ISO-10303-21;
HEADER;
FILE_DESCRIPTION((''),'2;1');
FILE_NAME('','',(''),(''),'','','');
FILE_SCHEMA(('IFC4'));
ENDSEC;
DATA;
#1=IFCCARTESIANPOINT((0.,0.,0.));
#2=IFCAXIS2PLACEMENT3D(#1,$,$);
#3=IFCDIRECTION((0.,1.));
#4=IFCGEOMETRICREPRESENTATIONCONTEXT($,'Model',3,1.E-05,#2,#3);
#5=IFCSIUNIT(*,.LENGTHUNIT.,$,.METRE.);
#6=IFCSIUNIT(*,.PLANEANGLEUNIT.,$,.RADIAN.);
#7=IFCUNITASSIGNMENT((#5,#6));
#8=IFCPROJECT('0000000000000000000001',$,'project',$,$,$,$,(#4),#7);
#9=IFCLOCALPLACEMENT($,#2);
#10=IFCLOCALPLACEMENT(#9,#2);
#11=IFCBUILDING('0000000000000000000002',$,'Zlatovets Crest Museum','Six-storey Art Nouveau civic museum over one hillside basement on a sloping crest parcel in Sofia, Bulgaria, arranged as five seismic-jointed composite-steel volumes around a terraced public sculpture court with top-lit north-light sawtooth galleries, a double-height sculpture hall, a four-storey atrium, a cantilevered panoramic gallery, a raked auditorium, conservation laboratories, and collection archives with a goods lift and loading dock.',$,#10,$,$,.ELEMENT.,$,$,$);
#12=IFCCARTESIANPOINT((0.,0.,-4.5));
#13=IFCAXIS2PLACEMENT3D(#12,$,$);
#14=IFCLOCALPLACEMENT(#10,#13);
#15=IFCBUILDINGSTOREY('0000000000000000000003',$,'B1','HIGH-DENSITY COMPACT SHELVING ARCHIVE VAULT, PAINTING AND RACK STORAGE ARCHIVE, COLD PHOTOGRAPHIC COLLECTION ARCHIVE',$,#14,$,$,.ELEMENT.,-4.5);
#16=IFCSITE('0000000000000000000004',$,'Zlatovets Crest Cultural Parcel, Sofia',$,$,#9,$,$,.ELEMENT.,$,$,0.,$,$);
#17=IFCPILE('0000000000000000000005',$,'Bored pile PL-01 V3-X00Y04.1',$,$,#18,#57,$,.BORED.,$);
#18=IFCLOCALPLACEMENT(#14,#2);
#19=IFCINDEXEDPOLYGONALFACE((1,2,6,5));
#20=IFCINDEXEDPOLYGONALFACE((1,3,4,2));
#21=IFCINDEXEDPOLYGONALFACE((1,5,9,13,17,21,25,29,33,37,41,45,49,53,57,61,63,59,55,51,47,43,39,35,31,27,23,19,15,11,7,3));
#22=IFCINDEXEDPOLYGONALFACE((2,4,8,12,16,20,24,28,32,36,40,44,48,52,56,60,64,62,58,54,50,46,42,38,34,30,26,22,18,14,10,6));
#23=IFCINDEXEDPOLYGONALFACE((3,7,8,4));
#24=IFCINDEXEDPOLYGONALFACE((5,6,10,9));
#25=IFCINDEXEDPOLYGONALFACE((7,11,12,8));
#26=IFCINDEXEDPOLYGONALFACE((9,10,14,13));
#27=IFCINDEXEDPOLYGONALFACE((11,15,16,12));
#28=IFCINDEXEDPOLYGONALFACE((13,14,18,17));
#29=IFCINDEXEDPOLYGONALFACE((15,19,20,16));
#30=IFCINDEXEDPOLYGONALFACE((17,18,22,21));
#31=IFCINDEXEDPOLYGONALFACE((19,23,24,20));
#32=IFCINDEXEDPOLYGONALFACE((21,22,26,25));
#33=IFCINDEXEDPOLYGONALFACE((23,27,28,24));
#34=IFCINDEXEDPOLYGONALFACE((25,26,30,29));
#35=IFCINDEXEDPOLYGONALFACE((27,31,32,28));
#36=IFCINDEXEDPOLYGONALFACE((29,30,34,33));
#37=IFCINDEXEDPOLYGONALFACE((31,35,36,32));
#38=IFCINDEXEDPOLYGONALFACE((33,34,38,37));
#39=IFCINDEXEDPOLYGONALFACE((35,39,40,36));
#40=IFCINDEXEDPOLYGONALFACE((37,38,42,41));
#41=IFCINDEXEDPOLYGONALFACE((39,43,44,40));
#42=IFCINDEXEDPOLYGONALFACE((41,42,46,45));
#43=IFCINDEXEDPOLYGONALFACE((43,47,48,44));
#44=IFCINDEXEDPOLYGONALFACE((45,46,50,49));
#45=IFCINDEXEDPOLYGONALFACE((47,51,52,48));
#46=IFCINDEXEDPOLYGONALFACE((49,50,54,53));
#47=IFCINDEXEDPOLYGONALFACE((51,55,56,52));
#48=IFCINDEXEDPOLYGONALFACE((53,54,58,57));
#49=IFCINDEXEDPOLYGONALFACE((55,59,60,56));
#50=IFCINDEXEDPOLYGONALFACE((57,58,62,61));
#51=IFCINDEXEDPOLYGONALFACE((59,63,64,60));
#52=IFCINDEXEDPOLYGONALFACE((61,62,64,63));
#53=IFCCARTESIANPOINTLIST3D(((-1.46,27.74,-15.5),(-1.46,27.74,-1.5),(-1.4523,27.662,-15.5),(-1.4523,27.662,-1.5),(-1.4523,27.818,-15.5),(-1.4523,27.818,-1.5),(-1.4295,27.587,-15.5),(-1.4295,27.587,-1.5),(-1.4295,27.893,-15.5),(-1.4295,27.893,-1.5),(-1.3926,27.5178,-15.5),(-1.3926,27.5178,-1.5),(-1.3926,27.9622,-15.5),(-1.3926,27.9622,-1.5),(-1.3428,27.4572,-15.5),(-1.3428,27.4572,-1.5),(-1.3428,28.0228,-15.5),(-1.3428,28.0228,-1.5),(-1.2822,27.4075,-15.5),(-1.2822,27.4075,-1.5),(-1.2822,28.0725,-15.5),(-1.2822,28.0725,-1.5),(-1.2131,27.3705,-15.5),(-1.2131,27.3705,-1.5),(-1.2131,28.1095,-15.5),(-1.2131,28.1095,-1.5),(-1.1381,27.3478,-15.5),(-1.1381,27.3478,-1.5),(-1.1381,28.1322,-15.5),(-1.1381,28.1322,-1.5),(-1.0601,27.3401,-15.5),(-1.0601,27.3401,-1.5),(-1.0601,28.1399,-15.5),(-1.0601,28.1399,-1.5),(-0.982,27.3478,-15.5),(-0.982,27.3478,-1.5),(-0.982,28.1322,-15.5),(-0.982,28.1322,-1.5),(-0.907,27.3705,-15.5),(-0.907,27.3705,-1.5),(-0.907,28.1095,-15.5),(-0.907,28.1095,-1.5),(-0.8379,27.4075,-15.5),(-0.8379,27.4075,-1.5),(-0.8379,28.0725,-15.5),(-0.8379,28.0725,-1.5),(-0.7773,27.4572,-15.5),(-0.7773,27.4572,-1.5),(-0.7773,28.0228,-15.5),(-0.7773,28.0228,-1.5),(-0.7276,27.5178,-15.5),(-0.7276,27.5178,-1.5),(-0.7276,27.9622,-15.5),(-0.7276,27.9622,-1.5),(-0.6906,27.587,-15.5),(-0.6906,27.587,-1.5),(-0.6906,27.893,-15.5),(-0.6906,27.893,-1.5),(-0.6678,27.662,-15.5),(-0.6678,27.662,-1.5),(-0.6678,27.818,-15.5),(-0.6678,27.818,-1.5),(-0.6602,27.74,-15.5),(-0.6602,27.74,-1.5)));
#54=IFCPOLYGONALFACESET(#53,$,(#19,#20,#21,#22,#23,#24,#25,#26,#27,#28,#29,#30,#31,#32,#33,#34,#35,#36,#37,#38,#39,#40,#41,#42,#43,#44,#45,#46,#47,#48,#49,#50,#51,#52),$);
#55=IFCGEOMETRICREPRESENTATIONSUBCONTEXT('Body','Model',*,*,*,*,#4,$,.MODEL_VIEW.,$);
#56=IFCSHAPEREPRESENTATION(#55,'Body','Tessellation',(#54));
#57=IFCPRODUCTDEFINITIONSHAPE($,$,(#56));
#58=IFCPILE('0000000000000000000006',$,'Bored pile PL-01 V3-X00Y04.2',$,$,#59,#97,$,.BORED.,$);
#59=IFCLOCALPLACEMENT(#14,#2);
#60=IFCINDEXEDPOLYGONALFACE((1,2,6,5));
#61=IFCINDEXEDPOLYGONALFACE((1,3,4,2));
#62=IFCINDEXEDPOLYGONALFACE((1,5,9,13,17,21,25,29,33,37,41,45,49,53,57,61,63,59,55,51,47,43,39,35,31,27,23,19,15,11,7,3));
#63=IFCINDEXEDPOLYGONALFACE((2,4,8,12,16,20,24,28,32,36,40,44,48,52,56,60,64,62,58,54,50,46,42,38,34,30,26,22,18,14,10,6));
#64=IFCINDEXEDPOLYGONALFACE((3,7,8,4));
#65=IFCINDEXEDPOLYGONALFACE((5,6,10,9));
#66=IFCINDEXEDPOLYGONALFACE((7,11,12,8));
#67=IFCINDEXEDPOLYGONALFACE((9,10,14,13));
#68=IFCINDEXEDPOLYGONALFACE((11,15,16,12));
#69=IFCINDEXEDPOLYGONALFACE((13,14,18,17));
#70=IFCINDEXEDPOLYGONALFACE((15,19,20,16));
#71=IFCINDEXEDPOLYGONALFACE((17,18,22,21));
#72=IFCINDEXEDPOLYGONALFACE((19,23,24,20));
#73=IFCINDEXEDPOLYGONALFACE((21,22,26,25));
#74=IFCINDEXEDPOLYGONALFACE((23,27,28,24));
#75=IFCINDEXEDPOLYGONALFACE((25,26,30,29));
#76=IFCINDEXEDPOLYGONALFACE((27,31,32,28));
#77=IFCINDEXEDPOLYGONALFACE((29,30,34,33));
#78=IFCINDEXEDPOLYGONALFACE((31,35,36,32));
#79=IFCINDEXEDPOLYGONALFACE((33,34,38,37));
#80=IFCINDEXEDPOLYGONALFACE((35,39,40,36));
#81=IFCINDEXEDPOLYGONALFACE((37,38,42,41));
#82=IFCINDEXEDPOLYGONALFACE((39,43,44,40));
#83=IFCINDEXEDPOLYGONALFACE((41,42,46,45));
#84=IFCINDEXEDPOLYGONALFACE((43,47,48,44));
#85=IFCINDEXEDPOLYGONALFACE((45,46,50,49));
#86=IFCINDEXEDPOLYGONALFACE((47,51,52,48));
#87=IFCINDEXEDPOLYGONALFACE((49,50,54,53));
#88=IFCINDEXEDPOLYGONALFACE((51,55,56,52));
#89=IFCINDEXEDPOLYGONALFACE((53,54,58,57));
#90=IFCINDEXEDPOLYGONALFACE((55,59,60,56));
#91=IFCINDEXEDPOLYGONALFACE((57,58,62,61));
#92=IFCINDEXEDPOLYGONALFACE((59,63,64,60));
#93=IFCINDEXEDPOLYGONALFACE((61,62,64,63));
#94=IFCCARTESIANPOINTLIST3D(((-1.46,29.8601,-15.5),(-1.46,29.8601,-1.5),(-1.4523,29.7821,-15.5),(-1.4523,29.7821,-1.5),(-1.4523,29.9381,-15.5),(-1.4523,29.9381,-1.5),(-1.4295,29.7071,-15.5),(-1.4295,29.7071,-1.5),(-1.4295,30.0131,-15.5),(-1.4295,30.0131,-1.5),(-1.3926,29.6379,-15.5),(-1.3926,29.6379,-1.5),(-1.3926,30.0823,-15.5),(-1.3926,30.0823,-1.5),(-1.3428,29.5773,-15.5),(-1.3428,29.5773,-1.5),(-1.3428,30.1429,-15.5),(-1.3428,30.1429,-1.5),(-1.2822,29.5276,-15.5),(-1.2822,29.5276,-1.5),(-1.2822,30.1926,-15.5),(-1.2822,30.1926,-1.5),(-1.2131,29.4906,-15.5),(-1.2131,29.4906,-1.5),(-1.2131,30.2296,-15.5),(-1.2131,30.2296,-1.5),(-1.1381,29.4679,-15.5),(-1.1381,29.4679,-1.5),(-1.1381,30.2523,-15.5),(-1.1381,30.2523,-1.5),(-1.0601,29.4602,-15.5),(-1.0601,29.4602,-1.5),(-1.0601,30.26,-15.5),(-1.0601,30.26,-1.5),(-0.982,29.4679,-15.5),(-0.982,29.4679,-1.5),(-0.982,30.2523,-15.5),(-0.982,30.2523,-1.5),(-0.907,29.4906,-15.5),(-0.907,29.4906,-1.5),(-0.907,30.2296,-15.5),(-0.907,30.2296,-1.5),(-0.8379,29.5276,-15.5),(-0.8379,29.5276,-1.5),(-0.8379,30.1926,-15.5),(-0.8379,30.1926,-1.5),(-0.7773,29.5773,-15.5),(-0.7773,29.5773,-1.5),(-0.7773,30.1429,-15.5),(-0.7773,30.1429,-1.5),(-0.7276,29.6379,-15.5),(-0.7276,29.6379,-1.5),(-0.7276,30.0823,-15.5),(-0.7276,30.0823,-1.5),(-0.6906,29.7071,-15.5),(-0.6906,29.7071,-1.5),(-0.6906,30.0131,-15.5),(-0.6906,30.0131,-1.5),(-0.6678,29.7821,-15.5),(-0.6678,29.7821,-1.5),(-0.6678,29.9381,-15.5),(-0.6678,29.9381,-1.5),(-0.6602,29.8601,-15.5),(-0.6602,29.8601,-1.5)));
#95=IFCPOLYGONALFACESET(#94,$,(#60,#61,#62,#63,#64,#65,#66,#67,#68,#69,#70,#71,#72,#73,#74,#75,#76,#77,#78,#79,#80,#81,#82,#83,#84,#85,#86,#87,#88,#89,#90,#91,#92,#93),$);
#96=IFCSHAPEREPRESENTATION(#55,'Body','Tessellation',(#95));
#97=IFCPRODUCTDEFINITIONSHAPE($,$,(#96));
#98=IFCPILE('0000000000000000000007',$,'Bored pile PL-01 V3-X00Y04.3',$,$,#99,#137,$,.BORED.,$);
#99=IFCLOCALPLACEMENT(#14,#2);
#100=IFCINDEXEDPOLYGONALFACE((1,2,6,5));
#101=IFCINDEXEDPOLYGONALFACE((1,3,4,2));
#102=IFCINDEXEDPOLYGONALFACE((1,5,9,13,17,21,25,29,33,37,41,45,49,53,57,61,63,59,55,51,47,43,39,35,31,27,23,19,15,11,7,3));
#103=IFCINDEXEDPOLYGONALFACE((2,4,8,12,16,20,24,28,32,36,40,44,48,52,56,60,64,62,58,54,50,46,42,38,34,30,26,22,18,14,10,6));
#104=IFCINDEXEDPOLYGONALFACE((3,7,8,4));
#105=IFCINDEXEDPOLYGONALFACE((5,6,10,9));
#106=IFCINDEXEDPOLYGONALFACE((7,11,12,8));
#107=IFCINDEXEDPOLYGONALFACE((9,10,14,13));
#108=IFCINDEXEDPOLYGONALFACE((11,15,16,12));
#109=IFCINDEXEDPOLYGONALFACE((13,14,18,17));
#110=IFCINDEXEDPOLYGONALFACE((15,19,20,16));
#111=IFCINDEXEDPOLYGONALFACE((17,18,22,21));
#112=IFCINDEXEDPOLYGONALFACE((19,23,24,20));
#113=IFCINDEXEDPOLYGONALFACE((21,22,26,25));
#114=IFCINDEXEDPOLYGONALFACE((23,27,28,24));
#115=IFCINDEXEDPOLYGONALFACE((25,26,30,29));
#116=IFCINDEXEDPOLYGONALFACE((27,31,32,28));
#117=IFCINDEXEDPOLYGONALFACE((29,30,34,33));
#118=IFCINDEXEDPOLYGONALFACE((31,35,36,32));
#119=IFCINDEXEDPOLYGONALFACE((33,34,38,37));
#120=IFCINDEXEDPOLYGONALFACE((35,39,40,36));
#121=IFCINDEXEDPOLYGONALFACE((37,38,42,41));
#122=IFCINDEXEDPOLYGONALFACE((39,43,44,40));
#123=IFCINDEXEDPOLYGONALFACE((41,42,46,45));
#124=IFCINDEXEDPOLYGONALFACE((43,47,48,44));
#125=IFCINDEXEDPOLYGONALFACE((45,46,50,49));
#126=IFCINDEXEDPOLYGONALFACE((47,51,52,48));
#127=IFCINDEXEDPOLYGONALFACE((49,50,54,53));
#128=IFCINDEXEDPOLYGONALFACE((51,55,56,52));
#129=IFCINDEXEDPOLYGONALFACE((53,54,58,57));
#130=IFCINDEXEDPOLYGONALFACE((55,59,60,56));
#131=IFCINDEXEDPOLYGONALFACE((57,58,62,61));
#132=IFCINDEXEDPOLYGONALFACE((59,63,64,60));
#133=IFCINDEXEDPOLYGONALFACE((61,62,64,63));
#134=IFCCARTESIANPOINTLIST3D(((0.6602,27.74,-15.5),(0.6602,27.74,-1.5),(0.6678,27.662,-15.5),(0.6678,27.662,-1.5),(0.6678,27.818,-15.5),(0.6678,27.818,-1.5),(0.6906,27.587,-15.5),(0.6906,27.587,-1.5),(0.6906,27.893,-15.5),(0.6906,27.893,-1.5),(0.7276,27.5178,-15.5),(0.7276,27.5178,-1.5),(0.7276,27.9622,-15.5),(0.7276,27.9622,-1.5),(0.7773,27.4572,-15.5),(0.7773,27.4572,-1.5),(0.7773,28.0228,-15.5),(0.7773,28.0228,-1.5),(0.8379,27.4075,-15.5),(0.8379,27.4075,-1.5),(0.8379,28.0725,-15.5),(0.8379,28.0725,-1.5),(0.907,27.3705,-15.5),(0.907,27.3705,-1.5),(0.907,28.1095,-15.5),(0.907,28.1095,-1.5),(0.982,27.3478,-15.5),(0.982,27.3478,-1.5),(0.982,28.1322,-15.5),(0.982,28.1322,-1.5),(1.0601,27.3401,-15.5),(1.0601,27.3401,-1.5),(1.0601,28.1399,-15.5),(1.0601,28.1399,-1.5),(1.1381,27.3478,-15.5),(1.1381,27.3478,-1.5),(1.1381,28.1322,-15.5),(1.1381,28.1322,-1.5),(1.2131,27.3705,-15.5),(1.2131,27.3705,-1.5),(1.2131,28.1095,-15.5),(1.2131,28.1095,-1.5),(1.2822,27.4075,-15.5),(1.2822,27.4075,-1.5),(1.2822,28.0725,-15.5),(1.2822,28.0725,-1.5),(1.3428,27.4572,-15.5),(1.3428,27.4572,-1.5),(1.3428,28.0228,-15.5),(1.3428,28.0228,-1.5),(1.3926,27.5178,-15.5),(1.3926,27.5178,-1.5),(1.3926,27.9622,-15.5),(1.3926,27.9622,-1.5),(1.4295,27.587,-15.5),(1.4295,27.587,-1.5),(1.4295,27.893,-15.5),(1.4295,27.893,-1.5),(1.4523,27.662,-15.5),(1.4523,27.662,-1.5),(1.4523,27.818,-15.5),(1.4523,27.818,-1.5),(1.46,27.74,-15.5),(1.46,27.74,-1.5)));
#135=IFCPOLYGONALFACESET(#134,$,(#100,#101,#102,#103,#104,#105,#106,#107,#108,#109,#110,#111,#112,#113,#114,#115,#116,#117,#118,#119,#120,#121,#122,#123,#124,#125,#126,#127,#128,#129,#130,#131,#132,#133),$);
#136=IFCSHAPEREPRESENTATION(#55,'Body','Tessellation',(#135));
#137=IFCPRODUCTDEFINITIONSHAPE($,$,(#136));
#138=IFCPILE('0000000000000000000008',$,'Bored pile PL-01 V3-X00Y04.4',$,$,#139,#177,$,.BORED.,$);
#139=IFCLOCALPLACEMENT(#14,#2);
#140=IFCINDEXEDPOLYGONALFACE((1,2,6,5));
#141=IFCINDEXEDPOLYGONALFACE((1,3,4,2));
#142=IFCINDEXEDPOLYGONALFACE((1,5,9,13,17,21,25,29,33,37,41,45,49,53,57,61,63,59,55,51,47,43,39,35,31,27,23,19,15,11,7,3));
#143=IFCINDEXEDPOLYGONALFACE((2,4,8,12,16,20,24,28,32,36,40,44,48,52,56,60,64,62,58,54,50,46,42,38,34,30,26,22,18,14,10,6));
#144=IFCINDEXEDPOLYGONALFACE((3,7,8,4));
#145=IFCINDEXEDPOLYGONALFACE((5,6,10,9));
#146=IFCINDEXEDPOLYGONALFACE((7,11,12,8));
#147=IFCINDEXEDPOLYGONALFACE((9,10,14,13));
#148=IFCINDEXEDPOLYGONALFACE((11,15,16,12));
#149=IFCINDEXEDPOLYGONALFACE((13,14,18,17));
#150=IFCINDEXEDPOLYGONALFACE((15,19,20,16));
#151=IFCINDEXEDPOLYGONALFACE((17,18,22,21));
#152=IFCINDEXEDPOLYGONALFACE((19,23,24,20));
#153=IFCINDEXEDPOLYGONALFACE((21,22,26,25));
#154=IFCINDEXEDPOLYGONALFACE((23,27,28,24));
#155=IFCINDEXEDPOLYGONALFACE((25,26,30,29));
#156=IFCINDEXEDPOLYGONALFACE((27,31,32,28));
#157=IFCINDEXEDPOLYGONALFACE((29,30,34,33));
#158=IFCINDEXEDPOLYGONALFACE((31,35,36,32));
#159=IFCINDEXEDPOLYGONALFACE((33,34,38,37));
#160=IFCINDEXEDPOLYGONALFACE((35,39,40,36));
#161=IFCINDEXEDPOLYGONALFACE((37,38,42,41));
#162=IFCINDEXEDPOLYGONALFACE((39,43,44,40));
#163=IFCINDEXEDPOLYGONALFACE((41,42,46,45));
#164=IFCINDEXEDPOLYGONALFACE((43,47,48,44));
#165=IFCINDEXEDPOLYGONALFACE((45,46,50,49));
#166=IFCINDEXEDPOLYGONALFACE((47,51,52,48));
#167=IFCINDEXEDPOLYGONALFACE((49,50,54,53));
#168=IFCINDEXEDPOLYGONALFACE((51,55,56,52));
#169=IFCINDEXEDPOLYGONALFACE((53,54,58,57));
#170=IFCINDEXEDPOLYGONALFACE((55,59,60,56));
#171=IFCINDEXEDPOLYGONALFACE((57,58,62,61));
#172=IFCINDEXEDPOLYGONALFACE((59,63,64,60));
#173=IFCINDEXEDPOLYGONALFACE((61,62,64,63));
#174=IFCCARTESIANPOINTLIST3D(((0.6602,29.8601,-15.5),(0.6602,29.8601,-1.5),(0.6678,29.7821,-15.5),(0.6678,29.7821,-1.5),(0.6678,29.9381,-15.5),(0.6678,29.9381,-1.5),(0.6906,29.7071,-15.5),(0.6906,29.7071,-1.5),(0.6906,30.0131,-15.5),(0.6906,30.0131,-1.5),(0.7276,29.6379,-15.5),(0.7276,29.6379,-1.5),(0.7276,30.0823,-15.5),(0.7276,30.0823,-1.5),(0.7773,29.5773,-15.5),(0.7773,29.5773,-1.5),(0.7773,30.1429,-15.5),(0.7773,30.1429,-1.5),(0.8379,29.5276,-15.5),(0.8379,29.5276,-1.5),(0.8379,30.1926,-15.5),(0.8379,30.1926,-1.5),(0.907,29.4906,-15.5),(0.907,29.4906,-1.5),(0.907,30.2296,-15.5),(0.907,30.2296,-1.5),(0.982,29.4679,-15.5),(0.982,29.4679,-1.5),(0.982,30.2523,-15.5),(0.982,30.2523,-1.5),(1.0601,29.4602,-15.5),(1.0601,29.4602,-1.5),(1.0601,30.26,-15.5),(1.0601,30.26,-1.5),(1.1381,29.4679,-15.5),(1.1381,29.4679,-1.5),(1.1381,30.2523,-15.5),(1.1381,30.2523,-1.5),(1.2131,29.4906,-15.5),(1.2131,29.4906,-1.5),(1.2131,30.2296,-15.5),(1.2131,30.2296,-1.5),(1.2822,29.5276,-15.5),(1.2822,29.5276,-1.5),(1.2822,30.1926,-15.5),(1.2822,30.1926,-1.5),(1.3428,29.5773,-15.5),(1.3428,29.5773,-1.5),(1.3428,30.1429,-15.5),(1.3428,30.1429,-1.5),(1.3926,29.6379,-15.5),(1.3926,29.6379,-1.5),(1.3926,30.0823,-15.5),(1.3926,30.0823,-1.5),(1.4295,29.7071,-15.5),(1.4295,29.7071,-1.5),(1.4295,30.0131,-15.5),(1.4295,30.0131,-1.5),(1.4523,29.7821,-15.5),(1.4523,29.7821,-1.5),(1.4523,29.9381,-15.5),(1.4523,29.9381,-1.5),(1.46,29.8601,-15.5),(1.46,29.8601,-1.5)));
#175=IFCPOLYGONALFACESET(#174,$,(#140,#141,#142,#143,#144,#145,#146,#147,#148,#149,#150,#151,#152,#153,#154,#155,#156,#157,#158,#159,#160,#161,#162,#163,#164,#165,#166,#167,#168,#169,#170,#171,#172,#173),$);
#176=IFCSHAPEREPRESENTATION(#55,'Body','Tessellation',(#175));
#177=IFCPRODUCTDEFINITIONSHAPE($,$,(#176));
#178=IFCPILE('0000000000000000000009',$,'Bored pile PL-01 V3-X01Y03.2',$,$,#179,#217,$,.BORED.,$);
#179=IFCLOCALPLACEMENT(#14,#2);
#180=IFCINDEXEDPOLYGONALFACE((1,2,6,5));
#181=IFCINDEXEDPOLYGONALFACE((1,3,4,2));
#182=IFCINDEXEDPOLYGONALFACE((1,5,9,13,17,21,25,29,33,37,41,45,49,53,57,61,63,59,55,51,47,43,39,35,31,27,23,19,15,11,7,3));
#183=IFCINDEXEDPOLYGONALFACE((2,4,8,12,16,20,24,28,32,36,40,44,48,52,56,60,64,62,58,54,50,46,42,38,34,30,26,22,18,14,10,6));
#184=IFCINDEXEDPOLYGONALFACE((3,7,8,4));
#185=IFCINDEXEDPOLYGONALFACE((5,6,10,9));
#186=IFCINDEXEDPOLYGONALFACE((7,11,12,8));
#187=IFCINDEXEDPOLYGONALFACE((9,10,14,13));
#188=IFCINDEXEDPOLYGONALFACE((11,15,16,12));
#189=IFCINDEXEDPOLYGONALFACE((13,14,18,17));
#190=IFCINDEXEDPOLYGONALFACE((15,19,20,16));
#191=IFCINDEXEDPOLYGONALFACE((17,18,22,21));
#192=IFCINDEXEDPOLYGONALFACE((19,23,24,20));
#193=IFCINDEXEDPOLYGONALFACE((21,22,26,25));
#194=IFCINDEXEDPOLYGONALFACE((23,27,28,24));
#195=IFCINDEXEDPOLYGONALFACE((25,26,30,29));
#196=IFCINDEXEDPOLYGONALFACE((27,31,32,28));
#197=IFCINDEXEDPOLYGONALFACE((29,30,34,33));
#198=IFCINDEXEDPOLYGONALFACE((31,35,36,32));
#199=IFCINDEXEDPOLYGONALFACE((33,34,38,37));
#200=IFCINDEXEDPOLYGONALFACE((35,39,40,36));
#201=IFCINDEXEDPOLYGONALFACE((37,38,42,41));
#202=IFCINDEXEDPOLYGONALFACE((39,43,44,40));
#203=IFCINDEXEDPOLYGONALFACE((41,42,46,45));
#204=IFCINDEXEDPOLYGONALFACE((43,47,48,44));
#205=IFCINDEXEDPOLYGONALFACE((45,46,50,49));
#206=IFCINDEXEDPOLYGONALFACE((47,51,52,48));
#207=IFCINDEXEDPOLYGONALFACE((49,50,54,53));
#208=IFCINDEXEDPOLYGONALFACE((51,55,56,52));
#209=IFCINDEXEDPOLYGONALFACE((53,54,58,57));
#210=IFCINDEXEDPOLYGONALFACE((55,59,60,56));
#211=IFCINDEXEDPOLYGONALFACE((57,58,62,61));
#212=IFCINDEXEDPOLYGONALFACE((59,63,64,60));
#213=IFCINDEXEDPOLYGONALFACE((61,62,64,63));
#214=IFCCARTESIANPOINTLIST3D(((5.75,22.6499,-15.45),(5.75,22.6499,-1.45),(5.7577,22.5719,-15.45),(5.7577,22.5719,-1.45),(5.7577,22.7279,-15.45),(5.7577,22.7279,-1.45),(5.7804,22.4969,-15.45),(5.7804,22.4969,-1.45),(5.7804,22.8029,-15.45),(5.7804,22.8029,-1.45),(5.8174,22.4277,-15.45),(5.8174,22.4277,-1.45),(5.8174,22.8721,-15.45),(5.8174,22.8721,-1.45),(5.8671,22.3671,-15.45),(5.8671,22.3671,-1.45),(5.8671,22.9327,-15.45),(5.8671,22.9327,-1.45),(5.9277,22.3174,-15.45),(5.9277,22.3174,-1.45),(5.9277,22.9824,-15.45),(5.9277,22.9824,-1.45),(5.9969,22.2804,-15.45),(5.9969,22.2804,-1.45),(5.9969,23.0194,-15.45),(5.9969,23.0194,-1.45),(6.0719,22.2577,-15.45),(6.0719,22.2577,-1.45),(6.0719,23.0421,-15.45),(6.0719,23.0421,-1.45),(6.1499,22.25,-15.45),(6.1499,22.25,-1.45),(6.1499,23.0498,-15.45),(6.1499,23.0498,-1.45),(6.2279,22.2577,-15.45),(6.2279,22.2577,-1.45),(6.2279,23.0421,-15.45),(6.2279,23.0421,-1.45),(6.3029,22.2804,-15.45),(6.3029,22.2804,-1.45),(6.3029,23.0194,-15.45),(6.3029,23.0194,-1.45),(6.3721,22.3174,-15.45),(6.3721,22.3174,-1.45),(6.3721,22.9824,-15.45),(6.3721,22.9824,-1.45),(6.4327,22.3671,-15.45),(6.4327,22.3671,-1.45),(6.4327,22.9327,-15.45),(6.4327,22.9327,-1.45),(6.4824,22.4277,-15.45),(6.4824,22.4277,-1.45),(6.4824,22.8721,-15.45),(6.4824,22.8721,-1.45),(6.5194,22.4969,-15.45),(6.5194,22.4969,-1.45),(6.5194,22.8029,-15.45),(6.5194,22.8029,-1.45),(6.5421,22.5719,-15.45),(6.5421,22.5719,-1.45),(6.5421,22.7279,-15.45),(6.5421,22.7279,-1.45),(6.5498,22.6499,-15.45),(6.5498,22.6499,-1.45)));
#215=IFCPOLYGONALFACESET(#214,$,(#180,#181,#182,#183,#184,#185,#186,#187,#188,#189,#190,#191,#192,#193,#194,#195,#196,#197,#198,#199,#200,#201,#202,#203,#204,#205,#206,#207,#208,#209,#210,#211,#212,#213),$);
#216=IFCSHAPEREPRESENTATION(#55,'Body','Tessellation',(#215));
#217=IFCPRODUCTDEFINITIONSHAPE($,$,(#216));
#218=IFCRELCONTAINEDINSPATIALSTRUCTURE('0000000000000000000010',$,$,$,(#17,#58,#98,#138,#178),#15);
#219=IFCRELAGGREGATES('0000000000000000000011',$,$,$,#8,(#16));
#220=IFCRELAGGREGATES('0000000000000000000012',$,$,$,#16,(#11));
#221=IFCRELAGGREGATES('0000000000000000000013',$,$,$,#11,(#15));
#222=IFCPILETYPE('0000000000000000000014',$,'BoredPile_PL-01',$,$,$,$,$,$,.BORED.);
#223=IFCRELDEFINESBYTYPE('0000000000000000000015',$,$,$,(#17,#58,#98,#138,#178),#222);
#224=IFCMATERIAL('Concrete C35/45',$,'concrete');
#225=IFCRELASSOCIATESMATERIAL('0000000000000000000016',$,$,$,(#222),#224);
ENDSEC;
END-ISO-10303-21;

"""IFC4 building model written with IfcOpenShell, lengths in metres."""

from ifc_helpers import new_model, si_unit, direction, frame, origin, origin_2d, place, context, subcontext, project, spatial, circle, extrude, material, material_profile, profile_set, type_object, element, save


model = new_model("IFC4")

# Units and contexts
model_context = context("Model", 3, precision=1e-05, world=origin(), true_north=direction((0.0, 1.0)))
body_context = subcontext(model_context, "Body", "Model", "MODEL_VIEW")
ifc_project = project(units=[si_unit("LENGTHUNIT", "METRE"), si_unit("PLANEANGLEUNIT", "RADIAN")], contexts=[model_context])

# Site, building, storey
site_placement = place(None, origin())
site = spatial("IfcSite", under=ifc_project, at=site_placement, Name="Zlatovets Crest Cultural Parcel, Sofia", CompositionType="ELEMENT", RefElevation=0.0)
building_placement = place(site_placement, origin())
building = spatial("IfcBuilding", under=site, at=building_placement, Name="Zlatovets Crest Museum", Description="Six-storey Art Nouveau civic museum over one hillside basement on a sloping crest parcel in Sofia, Bulgaria, arranged as five seismic-jointed composite-steel volumes around a terraced public sculpture court with top-lit north-light sawtooth galleries, a double-height sculpture hall, a four-storey atrium, a cantilevered panoramic gallery, a raked auditorium, conservation laboratories, and collection archives with a goods lift and loading dock.", CompositionType="ELEMENT")
storey_placement = place(building_placement, frame((0.0, 0.0, -4.5)))
storey = spatial("IfcBuildingStorey", under=building, at=storey_placement, Name="B1", Description="HIGH-DENSITY COMPACT SHELVING ARCHIVE VAULT, PAINTING AND RACK STORAGE ARCHIVE, COLD PHOTOGRAPHIC COLLECTION ARCHIVE", CompositionType="ELEMENT", Elevation=-4.5)

# Piles
ifc_material_1 = material(Name="Concrete C35/45", Category="concrete")
ifc_material_profile_1 = material_profile(ifc_material_1, circle(Radius=0.3999, at=origin_2d()), Name="PILE D800")
ifc_profile_set_1 = profile_set([ifc_material_profile_1], Name="Concrete C35/45")
pile_type = type_object("IfcPileType", Name="BoredPile_PL-01", PredefinedType="BORED", material=ifc_profile_set_1)
for number, where, z_axis, x_axis, name in (
    (1, (-1.0601, 27.74, -1.5), (0.0, 0.0, -1.0), (1.0, 0.0, 0.0), "Bored pile PL-01 V3-X00Y04.1"),
    (2, (-1.0601, 29.8601, -1.5), (0.0, 0.0, -1.0), (1.0, 0.0, 0.0), "Bored pile PL-01 V3-X00Y04.2"),
    (3, (1.0601, 27.74, -1.5), (0.0, 0.0, -1.0), (1.0, 0.0, 0.0), "Bored pile PL-01 V3-X00Y04.3"),
    (4, (1.0601, 29.8601, -1.5), (0.0, 0.0, -1.0), (1.0, 0.0, 0.0), "Bored pile PL-01 V3-X00Y04.4"),
    (5, (6.1499, 22.6499, -1.45), (0.0, 0.0, -1.0), (1.0, 0.0, 0.0), "Bored pile PL-01 V3-X01Y03.2"),
):
    element("IfcPile", number, at=place(storey_placement, frame(where, z_axis=z_axis, x_axis=x_axis)), inside=storey, type_object=pile_type, Name=name, PredefinedType="BORED", context=body_context, shape_type="SweptSolid", body=[
        extrude(circle(Radius=0.3999, at=origin_2d()), origin(), (0.0, 0.0, 1.0), 14.0),
    ])

save(model, "model.ifc")
